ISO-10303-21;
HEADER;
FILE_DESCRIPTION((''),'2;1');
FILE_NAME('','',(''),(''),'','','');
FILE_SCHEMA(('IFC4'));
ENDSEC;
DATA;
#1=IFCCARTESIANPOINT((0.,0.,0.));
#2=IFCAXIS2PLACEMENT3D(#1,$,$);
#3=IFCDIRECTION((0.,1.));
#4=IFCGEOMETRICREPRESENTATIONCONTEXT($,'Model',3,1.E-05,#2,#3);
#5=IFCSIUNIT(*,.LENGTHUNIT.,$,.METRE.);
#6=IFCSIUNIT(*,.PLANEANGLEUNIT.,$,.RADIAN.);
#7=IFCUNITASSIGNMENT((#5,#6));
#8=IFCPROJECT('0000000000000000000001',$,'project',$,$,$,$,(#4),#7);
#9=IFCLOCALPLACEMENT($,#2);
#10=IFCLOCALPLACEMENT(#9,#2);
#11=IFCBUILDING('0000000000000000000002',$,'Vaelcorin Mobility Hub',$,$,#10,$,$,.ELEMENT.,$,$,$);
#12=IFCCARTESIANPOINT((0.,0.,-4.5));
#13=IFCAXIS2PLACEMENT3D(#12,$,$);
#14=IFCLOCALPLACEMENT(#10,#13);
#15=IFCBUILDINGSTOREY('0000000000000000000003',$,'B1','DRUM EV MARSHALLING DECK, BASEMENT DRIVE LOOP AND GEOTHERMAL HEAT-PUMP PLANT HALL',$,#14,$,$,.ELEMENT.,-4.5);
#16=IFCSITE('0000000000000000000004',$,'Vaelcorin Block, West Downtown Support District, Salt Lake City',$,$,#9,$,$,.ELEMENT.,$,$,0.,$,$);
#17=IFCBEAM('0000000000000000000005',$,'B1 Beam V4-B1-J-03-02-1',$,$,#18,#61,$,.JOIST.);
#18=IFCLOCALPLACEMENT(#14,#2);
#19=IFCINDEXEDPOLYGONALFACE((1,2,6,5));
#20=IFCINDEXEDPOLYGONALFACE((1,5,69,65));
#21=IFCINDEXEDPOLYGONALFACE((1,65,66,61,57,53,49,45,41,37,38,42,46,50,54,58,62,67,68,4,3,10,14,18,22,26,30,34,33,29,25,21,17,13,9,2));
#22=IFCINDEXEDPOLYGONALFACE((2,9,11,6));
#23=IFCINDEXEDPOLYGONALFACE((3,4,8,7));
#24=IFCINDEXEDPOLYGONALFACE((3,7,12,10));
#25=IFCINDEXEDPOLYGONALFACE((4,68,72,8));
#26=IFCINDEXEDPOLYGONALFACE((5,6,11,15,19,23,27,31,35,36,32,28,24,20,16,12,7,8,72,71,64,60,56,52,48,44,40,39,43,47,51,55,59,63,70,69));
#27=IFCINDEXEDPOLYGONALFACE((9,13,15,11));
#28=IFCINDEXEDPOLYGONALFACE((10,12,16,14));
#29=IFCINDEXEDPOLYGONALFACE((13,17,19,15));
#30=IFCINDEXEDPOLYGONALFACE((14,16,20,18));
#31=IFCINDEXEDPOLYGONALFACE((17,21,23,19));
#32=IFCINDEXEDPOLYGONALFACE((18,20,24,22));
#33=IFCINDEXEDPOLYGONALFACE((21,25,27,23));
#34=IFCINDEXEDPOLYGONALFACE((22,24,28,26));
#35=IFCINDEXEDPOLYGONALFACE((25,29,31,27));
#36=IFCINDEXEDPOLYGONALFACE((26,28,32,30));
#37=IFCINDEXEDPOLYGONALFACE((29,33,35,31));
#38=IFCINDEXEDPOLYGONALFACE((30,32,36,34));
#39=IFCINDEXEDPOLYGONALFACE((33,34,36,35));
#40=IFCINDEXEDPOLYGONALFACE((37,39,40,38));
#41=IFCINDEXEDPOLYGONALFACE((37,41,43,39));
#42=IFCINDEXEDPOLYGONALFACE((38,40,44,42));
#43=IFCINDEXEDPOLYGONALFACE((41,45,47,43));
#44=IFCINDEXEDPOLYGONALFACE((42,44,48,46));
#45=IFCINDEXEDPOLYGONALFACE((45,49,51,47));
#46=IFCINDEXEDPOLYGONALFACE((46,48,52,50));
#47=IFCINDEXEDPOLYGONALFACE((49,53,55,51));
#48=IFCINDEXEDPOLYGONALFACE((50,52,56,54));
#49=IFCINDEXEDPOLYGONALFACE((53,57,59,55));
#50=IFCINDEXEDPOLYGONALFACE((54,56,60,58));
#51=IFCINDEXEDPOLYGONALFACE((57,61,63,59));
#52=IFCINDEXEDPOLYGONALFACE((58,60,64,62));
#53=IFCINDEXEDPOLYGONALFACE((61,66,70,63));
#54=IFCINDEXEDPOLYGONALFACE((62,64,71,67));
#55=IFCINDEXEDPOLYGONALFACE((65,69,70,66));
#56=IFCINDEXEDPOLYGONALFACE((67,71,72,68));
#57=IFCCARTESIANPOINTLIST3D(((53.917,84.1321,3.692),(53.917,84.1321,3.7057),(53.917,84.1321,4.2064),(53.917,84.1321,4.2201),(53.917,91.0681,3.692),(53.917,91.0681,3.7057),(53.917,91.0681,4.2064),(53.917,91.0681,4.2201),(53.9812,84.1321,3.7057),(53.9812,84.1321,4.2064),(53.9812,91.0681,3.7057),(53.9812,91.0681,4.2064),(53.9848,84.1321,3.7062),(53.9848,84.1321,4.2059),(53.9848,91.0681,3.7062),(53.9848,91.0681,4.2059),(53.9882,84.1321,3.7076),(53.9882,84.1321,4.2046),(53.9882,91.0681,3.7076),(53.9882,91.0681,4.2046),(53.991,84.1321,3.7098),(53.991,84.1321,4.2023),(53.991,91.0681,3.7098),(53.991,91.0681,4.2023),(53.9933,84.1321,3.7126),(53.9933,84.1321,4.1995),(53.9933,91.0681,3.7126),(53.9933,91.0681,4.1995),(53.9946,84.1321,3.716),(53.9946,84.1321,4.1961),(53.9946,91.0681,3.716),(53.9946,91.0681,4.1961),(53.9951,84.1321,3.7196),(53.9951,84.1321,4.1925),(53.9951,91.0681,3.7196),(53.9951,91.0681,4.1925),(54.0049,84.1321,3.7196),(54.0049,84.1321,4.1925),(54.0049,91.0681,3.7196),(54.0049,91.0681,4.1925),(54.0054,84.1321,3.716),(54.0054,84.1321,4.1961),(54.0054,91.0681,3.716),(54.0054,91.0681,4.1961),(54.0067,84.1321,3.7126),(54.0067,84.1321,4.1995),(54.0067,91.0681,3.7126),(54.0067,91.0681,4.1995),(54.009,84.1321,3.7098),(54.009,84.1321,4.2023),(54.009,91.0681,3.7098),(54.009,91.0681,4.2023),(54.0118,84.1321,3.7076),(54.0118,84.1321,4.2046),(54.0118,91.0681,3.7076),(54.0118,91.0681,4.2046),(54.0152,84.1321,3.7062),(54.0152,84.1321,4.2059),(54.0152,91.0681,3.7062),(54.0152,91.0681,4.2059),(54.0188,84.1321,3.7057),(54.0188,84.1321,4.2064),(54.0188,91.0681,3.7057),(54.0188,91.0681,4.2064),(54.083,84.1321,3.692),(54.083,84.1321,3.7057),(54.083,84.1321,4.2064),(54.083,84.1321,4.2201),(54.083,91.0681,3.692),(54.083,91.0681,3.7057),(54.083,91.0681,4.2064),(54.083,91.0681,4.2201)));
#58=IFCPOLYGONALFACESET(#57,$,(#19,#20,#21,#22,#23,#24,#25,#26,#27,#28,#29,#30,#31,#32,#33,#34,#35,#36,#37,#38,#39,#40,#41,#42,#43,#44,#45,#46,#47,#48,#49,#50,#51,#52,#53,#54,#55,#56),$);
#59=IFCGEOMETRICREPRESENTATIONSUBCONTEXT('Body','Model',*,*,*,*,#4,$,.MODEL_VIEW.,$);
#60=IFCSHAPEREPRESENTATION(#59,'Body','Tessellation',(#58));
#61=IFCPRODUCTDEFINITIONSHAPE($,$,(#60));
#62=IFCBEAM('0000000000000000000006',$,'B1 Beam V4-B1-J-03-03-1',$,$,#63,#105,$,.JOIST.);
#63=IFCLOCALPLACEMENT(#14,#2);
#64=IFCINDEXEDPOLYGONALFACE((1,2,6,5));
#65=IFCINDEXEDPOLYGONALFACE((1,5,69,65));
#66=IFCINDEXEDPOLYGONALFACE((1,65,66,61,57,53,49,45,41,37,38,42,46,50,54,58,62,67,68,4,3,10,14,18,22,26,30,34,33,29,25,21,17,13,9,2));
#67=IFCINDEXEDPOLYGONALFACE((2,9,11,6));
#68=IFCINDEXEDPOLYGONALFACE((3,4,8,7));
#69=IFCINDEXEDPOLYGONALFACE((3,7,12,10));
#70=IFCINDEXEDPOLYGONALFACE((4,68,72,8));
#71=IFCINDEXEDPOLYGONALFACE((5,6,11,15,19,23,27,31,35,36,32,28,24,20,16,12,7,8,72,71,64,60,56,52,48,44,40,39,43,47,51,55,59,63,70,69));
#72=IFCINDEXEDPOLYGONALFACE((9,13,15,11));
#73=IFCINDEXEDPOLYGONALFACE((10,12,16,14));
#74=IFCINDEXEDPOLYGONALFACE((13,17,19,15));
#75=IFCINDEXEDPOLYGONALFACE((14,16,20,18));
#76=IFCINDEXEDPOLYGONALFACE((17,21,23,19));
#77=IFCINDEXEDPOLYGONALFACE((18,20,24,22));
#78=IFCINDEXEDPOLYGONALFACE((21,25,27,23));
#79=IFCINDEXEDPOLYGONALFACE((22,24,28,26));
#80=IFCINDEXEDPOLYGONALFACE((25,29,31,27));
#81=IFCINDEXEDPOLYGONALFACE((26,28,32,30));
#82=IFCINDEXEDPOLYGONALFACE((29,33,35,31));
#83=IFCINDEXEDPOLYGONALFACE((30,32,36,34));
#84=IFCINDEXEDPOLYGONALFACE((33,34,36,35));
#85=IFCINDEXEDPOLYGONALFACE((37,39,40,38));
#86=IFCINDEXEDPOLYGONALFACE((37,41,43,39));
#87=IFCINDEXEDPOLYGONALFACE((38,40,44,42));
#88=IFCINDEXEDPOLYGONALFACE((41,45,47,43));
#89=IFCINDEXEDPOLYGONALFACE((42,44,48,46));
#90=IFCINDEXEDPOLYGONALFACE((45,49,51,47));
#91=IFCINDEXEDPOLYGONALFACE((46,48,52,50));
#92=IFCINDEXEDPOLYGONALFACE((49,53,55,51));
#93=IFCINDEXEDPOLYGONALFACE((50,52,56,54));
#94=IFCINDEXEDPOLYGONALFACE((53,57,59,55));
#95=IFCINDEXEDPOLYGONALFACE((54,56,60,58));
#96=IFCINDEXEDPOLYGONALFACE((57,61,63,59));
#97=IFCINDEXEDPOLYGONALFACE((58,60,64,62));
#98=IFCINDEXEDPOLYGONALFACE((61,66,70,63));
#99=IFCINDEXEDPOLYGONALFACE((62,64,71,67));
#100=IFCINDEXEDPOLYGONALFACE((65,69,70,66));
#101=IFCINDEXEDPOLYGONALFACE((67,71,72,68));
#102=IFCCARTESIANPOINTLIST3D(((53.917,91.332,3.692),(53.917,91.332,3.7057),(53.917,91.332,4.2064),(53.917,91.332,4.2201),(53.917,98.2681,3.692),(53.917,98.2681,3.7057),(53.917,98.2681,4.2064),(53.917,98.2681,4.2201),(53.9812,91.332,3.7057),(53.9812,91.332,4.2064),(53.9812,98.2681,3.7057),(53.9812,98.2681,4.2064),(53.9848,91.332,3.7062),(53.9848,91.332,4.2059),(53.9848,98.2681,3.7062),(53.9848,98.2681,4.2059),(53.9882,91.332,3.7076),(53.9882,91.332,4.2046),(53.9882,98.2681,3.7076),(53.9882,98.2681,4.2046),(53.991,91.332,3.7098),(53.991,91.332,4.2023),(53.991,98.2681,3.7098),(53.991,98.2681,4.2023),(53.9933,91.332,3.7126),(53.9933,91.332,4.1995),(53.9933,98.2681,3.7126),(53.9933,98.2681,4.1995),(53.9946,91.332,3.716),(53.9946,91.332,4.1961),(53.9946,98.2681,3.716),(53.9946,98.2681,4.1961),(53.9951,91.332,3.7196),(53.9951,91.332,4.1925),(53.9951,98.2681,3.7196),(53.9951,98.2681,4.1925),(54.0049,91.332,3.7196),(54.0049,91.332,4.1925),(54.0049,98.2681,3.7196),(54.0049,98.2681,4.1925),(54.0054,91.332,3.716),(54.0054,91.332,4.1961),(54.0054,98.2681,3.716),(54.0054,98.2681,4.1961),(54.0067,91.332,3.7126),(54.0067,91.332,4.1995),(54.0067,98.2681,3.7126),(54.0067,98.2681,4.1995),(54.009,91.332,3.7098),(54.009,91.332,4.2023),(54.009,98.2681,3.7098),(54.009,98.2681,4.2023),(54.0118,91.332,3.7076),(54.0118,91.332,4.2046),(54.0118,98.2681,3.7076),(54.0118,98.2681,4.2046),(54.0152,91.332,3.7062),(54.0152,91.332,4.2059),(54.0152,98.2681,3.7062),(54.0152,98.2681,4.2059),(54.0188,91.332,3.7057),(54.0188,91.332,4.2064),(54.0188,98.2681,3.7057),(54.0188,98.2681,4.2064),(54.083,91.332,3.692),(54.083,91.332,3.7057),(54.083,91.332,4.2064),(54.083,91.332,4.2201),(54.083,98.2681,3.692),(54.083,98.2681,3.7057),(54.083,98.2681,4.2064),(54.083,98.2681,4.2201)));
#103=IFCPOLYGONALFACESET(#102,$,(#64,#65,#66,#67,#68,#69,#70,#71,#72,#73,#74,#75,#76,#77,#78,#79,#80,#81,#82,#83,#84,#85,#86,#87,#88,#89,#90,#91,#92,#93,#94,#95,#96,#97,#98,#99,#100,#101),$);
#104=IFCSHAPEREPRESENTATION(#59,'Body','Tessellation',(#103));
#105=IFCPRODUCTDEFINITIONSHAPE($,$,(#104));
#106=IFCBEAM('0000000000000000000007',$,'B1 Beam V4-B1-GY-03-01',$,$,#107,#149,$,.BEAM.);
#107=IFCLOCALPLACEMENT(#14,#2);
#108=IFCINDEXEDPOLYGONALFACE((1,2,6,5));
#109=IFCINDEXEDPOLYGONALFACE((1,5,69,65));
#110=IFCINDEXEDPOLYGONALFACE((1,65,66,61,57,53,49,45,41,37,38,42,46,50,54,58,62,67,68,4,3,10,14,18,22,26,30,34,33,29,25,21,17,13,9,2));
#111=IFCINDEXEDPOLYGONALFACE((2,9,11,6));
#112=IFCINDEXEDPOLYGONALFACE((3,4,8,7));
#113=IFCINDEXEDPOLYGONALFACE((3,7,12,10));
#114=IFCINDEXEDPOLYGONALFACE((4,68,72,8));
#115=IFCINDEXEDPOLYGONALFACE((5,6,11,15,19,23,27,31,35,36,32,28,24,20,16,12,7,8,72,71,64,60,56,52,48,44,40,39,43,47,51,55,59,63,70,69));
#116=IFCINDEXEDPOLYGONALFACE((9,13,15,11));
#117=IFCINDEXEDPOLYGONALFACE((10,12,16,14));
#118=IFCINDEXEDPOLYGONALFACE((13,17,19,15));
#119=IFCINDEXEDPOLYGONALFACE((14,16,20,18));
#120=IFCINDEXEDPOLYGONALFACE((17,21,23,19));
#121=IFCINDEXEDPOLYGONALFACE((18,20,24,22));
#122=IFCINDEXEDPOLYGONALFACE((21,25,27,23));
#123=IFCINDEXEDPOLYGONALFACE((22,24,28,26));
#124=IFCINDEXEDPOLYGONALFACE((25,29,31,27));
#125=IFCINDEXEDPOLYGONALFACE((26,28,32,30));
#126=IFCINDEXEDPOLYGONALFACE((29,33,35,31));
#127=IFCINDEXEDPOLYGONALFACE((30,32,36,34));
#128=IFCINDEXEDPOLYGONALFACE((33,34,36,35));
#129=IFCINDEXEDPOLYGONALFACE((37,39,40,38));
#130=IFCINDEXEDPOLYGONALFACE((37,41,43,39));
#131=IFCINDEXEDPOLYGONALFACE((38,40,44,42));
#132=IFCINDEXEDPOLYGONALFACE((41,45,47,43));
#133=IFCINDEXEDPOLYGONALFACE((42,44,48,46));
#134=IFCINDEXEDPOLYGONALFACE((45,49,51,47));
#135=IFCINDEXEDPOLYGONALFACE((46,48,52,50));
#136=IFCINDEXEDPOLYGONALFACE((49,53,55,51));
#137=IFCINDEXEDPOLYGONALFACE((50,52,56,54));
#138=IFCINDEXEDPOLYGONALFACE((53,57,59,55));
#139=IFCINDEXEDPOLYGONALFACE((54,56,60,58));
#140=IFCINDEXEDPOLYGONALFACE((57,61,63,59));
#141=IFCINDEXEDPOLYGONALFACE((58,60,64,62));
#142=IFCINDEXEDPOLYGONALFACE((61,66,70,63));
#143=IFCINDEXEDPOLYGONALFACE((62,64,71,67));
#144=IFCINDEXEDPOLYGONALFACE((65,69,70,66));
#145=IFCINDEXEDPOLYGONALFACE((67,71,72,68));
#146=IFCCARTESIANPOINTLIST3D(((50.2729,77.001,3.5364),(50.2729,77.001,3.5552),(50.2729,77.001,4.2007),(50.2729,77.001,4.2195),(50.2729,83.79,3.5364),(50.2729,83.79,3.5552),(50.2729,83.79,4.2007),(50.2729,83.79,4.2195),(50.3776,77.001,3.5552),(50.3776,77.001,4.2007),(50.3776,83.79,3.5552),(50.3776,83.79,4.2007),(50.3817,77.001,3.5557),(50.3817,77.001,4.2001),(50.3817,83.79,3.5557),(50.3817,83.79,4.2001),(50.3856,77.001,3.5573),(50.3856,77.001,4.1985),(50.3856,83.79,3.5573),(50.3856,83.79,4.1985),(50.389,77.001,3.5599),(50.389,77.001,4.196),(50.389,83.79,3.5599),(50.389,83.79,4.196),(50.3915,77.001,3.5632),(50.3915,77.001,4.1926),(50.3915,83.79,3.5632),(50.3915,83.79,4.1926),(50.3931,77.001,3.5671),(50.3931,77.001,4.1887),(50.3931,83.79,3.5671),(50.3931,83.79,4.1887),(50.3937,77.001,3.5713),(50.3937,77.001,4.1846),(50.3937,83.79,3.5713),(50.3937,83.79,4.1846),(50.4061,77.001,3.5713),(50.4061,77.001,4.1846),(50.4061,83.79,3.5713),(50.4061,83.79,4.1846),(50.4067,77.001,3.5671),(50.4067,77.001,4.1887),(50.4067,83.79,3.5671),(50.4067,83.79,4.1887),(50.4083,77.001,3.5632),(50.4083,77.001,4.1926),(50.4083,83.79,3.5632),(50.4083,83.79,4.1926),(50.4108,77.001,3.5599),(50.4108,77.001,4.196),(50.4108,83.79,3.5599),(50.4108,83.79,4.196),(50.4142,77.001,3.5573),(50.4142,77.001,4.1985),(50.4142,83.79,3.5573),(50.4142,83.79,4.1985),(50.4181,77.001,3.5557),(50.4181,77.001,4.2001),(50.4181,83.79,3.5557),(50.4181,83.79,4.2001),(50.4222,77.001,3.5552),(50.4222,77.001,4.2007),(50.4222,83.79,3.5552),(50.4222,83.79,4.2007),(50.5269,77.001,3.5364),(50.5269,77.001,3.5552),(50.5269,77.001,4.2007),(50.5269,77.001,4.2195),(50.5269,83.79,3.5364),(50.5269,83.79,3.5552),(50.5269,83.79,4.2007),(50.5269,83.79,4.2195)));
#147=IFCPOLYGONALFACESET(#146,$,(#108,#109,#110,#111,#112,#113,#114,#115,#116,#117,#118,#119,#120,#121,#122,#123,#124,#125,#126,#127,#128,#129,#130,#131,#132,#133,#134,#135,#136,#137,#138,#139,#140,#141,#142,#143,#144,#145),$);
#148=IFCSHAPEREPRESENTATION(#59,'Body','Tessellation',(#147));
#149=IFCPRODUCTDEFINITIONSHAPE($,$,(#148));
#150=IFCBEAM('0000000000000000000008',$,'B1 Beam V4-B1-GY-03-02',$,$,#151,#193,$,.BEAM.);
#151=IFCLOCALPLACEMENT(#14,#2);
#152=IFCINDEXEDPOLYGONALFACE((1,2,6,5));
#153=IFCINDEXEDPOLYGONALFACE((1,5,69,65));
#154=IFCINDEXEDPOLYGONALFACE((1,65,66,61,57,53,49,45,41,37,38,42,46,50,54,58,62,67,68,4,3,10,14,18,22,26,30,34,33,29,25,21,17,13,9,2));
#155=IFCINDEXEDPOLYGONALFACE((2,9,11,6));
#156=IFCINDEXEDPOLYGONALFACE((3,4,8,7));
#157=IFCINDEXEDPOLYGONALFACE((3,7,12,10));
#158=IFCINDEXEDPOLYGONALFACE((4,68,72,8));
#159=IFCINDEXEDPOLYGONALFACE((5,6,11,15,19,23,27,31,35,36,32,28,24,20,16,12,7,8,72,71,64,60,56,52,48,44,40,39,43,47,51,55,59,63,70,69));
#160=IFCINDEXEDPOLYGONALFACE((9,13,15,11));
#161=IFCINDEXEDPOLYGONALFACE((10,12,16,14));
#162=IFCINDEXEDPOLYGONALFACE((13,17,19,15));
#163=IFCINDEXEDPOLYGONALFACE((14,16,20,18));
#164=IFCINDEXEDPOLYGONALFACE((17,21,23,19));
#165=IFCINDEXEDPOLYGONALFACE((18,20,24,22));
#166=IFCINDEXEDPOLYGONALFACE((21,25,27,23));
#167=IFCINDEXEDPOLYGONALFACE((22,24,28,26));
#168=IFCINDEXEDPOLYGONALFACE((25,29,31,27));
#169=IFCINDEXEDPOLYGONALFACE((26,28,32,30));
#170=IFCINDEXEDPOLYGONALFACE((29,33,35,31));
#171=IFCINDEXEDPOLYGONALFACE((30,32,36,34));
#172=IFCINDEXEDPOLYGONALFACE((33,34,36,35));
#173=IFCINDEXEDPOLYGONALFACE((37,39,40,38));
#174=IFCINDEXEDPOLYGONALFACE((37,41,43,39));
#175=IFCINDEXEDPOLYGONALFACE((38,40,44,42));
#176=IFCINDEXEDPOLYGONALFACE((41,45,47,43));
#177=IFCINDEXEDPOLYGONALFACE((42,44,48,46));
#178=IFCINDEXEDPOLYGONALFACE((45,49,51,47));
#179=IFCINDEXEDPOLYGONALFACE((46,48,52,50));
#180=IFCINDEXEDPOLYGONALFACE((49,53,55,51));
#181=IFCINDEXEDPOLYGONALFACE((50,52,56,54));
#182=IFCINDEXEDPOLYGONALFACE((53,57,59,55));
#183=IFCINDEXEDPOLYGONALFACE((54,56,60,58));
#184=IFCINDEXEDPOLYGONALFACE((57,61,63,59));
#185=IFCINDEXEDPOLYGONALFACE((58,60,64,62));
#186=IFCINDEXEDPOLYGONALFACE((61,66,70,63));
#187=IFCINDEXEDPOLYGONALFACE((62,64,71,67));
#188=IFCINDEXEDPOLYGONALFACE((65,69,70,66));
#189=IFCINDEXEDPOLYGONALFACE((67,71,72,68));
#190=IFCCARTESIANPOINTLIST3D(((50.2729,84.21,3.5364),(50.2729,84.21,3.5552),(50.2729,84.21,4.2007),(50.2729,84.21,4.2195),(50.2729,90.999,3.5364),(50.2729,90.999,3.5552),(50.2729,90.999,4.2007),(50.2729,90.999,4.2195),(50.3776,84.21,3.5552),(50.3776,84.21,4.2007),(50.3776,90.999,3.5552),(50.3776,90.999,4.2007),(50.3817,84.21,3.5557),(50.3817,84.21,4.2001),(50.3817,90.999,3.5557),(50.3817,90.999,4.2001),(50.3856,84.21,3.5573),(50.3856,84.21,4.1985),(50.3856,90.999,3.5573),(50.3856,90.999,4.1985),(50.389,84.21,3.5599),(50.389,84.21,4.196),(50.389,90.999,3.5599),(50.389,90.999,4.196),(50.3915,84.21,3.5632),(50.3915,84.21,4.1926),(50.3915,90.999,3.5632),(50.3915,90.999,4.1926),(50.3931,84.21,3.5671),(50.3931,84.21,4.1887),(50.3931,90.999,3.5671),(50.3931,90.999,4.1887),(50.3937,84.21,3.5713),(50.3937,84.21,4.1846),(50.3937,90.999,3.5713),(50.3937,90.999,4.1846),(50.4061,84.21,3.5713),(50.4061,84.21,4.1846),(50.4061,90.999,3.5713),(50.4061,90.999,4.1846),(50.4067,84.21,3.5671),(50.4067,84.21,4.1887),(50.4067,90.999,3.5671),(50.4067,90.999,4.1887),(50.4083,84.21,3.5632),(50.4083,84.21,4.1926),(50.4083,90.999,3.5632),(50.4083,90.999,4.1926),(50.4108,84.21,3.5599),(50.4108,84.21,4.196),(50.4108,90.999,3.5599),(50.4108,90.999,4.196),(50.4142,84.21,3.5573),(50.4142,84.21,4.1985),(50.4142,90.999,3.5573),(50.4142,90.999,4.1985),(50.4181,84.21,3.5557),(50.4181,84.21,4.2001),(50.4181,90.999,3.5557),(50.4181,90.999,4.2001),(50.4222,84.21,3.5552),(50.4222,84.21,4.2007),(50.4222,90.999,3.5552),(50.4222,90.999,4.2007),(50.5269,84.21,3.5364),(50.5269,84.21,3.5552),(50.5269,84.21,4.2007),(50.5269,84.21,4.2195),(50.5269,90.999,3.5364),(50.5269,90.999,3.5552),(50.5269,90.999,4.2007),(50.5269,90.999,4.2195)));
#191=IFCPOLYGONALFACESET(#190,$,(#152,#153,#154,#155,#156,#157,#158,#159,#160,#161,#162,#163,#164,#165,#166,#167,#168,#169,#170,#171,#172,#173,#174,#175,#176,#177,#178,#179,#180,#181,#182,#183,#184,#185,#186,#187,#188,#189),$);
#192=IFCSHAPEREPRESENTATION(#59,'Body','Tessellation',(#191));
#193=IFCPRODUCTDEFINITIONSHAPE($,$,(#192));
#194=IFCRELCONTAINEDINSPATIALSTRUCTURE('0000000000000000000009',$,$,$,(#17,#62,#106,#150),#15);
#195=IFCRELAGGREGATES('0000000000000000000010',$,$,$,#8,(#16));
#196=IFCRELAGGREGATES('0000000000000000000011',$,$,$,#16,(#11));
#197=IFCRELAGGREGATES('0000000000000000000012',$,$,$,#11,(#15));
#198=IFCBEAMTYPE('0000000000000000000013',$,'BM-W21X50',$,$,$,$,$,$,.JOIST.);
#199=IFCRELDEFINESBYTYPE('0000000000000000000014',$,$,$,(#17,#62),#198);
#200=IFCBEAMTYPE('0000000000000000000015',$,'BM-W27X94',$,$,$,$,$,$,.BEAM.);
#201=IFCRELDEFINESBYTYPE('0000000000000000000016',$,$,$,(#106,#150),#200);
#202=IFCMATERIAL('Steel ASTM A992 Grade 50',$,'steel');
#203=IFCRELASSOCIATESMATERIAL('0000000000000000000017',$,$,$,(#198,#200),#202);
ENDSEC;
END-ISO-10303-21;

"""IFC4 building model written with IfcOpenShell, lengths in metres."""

from ifc_helpers import new_model, si_unit, direction, frame, origin, origin_2d, place, context, subcontext, project, spatial, i_section, extrude, material, material_profile, profile_set, type_object, element, save


model = new_model("IFC4")

# Units and contexts
model_context = context("Model", 3, precision=1e-05, world=origin(), true_north=direction((0.0, 1.0)))
body_context = subcontext(model_context, "Body", "Model", "MODEL_VIEW")
ifc_project = project(units=[si_unit("LENGTHUNIT", "METRE"), si_unit("PLANEANGLEUNIT", "RADIAN")], contexts=[model_context])

# Site, building, storey
site_placement = place(None, origin())
site = spatial("IfcSite", under=ifc_project, at=site_placement, Name="Vaelcorin Block, West Downtown Support District, Salt Lake City", CompositionType="ELEMENT", RefElevation=0.0)
building_placement = place(site_placement, origin())
building = spatial("IfcBuilding", under=site, at=building_placement, Name="Vaelcorin Mobility Hub", CompositionType="ELEMENT")
storey_placement = place(building_placement, frame((0.0, 0.0, -4.5)))
storey = spatial("IfcBuildingStorey", under=building, at=storey_placement, Name="B1", Description="DRUM EV MARSHALLING DECK, BASEMENT DRIVE LOOP AND GEOTHERMAL HEAT-PUMP PLANT HALL", CompositionType="ELEMENT", Elevation=-4.5)

# Shared definitions
ifc_material_1 = material(Name="Steel ASTM A992 Grade 50", Category="steel")

# Beams
ifc_material_profile_1 = material_profile(ifc_material_1, i_section(OverallWidth=0.166, OverallDepth=0.5281, WebThickness=0.0098, FlangeThickness=0.0137, FilletRadius=0.0139, at=origin_2d()), Name="W21X50")
ifc_profile_set_1 = profile_set([ifc_material_profile_1], Name="Steel ASTM A992 Grade 50")
beam_type_1 = type_object("IfcBeamType", Name="BM-W21X50", PredefinedType="JOIST", material=ifc_profile_set_1)
for number, where, z_axis, x_axis, name in (
    (1, (54.0, 84.1321, 3.9561), (0.0, 1.0, 0.0), (-1.0, 0.0, 0.0), "B1 Beam V4-B1-J-03-02-1"),
    (2, (54.0, 91.332, 3.9561), (0.0, 1.0, 0.0), (-1.0, 0.0, 0.0), "B1 Beam V4-B1-J-03-03-1"),
):
    element("IfcBeam", number, at=place(storey_placement, frame(where, z_axis=z_axis, x_axis=x_axis)), inside=storey, type_object=beam_type_1, Name=name, PredefinedType="JOIST", context=body_context, shape_type="SweptSolid", body=[
        extrude(i_section(OverallWidth=0.166, OverallDepth=0.5281, WebThickness=0.0098, FlangeThickness=0.0137, FilletRadius=0.0139, at=origin_2d()), origin(), (0.0, 0.0, 1.0), 6.936),
    ])
ifc_material_profile_2 = material_profile(ifc_material_1, i_section(OverallWidth=0.2539, OverallDepth=0.6831, WebThickness=0.0125, FlangeThickness=0.0188, FilletRadius=0.0161, at=origin_2d()), Name="W27X94")
ifc_profile_set_2 = profile_set([ifc_material_profile_2], Name="Steel ASTM A992 Grade 50")
beam_type_2 = type_object("IfcBeamType", Name="BM-W27X94", PredefinedType="BEAM", material=ifc_profile_set_2)
for number, where, z_axis, x_axis, name in (
    (3, (50.3999, 77.001, 3.8779), (0.0, 1.0, 0.0), (-1.0, 0.0, 0.0), "B1 Beam V4-B1-GY-03-01"),
    (4, (50.3999, 84.21, 3.8779), (0.0, 1.0, 0.0), (-1.0, 0.0, 0.0), "B1 Beam V4-B1-GY-03-02"),
):
    element("IfcBeam", number, at=place(storey_placement, frame(where, z_axis=z_axis, x_axis=x_axis)), inside=storey, type_object=beam_type_2, Name=name, PredefinedType="BEAM", context=body_context, shape_type="SweptSolid", body=[
        extrude(i_section(OverallWidth=0.2539, OverallDepth=0.6831, WebThickness=0.0125, FlangeThickness=0.0188, FilletRadius=0.0161, at=origin_2d()), origin(), (0.0, 0.0, 1.0), 6.7891),
    ])

save(model, "model.ifc")
